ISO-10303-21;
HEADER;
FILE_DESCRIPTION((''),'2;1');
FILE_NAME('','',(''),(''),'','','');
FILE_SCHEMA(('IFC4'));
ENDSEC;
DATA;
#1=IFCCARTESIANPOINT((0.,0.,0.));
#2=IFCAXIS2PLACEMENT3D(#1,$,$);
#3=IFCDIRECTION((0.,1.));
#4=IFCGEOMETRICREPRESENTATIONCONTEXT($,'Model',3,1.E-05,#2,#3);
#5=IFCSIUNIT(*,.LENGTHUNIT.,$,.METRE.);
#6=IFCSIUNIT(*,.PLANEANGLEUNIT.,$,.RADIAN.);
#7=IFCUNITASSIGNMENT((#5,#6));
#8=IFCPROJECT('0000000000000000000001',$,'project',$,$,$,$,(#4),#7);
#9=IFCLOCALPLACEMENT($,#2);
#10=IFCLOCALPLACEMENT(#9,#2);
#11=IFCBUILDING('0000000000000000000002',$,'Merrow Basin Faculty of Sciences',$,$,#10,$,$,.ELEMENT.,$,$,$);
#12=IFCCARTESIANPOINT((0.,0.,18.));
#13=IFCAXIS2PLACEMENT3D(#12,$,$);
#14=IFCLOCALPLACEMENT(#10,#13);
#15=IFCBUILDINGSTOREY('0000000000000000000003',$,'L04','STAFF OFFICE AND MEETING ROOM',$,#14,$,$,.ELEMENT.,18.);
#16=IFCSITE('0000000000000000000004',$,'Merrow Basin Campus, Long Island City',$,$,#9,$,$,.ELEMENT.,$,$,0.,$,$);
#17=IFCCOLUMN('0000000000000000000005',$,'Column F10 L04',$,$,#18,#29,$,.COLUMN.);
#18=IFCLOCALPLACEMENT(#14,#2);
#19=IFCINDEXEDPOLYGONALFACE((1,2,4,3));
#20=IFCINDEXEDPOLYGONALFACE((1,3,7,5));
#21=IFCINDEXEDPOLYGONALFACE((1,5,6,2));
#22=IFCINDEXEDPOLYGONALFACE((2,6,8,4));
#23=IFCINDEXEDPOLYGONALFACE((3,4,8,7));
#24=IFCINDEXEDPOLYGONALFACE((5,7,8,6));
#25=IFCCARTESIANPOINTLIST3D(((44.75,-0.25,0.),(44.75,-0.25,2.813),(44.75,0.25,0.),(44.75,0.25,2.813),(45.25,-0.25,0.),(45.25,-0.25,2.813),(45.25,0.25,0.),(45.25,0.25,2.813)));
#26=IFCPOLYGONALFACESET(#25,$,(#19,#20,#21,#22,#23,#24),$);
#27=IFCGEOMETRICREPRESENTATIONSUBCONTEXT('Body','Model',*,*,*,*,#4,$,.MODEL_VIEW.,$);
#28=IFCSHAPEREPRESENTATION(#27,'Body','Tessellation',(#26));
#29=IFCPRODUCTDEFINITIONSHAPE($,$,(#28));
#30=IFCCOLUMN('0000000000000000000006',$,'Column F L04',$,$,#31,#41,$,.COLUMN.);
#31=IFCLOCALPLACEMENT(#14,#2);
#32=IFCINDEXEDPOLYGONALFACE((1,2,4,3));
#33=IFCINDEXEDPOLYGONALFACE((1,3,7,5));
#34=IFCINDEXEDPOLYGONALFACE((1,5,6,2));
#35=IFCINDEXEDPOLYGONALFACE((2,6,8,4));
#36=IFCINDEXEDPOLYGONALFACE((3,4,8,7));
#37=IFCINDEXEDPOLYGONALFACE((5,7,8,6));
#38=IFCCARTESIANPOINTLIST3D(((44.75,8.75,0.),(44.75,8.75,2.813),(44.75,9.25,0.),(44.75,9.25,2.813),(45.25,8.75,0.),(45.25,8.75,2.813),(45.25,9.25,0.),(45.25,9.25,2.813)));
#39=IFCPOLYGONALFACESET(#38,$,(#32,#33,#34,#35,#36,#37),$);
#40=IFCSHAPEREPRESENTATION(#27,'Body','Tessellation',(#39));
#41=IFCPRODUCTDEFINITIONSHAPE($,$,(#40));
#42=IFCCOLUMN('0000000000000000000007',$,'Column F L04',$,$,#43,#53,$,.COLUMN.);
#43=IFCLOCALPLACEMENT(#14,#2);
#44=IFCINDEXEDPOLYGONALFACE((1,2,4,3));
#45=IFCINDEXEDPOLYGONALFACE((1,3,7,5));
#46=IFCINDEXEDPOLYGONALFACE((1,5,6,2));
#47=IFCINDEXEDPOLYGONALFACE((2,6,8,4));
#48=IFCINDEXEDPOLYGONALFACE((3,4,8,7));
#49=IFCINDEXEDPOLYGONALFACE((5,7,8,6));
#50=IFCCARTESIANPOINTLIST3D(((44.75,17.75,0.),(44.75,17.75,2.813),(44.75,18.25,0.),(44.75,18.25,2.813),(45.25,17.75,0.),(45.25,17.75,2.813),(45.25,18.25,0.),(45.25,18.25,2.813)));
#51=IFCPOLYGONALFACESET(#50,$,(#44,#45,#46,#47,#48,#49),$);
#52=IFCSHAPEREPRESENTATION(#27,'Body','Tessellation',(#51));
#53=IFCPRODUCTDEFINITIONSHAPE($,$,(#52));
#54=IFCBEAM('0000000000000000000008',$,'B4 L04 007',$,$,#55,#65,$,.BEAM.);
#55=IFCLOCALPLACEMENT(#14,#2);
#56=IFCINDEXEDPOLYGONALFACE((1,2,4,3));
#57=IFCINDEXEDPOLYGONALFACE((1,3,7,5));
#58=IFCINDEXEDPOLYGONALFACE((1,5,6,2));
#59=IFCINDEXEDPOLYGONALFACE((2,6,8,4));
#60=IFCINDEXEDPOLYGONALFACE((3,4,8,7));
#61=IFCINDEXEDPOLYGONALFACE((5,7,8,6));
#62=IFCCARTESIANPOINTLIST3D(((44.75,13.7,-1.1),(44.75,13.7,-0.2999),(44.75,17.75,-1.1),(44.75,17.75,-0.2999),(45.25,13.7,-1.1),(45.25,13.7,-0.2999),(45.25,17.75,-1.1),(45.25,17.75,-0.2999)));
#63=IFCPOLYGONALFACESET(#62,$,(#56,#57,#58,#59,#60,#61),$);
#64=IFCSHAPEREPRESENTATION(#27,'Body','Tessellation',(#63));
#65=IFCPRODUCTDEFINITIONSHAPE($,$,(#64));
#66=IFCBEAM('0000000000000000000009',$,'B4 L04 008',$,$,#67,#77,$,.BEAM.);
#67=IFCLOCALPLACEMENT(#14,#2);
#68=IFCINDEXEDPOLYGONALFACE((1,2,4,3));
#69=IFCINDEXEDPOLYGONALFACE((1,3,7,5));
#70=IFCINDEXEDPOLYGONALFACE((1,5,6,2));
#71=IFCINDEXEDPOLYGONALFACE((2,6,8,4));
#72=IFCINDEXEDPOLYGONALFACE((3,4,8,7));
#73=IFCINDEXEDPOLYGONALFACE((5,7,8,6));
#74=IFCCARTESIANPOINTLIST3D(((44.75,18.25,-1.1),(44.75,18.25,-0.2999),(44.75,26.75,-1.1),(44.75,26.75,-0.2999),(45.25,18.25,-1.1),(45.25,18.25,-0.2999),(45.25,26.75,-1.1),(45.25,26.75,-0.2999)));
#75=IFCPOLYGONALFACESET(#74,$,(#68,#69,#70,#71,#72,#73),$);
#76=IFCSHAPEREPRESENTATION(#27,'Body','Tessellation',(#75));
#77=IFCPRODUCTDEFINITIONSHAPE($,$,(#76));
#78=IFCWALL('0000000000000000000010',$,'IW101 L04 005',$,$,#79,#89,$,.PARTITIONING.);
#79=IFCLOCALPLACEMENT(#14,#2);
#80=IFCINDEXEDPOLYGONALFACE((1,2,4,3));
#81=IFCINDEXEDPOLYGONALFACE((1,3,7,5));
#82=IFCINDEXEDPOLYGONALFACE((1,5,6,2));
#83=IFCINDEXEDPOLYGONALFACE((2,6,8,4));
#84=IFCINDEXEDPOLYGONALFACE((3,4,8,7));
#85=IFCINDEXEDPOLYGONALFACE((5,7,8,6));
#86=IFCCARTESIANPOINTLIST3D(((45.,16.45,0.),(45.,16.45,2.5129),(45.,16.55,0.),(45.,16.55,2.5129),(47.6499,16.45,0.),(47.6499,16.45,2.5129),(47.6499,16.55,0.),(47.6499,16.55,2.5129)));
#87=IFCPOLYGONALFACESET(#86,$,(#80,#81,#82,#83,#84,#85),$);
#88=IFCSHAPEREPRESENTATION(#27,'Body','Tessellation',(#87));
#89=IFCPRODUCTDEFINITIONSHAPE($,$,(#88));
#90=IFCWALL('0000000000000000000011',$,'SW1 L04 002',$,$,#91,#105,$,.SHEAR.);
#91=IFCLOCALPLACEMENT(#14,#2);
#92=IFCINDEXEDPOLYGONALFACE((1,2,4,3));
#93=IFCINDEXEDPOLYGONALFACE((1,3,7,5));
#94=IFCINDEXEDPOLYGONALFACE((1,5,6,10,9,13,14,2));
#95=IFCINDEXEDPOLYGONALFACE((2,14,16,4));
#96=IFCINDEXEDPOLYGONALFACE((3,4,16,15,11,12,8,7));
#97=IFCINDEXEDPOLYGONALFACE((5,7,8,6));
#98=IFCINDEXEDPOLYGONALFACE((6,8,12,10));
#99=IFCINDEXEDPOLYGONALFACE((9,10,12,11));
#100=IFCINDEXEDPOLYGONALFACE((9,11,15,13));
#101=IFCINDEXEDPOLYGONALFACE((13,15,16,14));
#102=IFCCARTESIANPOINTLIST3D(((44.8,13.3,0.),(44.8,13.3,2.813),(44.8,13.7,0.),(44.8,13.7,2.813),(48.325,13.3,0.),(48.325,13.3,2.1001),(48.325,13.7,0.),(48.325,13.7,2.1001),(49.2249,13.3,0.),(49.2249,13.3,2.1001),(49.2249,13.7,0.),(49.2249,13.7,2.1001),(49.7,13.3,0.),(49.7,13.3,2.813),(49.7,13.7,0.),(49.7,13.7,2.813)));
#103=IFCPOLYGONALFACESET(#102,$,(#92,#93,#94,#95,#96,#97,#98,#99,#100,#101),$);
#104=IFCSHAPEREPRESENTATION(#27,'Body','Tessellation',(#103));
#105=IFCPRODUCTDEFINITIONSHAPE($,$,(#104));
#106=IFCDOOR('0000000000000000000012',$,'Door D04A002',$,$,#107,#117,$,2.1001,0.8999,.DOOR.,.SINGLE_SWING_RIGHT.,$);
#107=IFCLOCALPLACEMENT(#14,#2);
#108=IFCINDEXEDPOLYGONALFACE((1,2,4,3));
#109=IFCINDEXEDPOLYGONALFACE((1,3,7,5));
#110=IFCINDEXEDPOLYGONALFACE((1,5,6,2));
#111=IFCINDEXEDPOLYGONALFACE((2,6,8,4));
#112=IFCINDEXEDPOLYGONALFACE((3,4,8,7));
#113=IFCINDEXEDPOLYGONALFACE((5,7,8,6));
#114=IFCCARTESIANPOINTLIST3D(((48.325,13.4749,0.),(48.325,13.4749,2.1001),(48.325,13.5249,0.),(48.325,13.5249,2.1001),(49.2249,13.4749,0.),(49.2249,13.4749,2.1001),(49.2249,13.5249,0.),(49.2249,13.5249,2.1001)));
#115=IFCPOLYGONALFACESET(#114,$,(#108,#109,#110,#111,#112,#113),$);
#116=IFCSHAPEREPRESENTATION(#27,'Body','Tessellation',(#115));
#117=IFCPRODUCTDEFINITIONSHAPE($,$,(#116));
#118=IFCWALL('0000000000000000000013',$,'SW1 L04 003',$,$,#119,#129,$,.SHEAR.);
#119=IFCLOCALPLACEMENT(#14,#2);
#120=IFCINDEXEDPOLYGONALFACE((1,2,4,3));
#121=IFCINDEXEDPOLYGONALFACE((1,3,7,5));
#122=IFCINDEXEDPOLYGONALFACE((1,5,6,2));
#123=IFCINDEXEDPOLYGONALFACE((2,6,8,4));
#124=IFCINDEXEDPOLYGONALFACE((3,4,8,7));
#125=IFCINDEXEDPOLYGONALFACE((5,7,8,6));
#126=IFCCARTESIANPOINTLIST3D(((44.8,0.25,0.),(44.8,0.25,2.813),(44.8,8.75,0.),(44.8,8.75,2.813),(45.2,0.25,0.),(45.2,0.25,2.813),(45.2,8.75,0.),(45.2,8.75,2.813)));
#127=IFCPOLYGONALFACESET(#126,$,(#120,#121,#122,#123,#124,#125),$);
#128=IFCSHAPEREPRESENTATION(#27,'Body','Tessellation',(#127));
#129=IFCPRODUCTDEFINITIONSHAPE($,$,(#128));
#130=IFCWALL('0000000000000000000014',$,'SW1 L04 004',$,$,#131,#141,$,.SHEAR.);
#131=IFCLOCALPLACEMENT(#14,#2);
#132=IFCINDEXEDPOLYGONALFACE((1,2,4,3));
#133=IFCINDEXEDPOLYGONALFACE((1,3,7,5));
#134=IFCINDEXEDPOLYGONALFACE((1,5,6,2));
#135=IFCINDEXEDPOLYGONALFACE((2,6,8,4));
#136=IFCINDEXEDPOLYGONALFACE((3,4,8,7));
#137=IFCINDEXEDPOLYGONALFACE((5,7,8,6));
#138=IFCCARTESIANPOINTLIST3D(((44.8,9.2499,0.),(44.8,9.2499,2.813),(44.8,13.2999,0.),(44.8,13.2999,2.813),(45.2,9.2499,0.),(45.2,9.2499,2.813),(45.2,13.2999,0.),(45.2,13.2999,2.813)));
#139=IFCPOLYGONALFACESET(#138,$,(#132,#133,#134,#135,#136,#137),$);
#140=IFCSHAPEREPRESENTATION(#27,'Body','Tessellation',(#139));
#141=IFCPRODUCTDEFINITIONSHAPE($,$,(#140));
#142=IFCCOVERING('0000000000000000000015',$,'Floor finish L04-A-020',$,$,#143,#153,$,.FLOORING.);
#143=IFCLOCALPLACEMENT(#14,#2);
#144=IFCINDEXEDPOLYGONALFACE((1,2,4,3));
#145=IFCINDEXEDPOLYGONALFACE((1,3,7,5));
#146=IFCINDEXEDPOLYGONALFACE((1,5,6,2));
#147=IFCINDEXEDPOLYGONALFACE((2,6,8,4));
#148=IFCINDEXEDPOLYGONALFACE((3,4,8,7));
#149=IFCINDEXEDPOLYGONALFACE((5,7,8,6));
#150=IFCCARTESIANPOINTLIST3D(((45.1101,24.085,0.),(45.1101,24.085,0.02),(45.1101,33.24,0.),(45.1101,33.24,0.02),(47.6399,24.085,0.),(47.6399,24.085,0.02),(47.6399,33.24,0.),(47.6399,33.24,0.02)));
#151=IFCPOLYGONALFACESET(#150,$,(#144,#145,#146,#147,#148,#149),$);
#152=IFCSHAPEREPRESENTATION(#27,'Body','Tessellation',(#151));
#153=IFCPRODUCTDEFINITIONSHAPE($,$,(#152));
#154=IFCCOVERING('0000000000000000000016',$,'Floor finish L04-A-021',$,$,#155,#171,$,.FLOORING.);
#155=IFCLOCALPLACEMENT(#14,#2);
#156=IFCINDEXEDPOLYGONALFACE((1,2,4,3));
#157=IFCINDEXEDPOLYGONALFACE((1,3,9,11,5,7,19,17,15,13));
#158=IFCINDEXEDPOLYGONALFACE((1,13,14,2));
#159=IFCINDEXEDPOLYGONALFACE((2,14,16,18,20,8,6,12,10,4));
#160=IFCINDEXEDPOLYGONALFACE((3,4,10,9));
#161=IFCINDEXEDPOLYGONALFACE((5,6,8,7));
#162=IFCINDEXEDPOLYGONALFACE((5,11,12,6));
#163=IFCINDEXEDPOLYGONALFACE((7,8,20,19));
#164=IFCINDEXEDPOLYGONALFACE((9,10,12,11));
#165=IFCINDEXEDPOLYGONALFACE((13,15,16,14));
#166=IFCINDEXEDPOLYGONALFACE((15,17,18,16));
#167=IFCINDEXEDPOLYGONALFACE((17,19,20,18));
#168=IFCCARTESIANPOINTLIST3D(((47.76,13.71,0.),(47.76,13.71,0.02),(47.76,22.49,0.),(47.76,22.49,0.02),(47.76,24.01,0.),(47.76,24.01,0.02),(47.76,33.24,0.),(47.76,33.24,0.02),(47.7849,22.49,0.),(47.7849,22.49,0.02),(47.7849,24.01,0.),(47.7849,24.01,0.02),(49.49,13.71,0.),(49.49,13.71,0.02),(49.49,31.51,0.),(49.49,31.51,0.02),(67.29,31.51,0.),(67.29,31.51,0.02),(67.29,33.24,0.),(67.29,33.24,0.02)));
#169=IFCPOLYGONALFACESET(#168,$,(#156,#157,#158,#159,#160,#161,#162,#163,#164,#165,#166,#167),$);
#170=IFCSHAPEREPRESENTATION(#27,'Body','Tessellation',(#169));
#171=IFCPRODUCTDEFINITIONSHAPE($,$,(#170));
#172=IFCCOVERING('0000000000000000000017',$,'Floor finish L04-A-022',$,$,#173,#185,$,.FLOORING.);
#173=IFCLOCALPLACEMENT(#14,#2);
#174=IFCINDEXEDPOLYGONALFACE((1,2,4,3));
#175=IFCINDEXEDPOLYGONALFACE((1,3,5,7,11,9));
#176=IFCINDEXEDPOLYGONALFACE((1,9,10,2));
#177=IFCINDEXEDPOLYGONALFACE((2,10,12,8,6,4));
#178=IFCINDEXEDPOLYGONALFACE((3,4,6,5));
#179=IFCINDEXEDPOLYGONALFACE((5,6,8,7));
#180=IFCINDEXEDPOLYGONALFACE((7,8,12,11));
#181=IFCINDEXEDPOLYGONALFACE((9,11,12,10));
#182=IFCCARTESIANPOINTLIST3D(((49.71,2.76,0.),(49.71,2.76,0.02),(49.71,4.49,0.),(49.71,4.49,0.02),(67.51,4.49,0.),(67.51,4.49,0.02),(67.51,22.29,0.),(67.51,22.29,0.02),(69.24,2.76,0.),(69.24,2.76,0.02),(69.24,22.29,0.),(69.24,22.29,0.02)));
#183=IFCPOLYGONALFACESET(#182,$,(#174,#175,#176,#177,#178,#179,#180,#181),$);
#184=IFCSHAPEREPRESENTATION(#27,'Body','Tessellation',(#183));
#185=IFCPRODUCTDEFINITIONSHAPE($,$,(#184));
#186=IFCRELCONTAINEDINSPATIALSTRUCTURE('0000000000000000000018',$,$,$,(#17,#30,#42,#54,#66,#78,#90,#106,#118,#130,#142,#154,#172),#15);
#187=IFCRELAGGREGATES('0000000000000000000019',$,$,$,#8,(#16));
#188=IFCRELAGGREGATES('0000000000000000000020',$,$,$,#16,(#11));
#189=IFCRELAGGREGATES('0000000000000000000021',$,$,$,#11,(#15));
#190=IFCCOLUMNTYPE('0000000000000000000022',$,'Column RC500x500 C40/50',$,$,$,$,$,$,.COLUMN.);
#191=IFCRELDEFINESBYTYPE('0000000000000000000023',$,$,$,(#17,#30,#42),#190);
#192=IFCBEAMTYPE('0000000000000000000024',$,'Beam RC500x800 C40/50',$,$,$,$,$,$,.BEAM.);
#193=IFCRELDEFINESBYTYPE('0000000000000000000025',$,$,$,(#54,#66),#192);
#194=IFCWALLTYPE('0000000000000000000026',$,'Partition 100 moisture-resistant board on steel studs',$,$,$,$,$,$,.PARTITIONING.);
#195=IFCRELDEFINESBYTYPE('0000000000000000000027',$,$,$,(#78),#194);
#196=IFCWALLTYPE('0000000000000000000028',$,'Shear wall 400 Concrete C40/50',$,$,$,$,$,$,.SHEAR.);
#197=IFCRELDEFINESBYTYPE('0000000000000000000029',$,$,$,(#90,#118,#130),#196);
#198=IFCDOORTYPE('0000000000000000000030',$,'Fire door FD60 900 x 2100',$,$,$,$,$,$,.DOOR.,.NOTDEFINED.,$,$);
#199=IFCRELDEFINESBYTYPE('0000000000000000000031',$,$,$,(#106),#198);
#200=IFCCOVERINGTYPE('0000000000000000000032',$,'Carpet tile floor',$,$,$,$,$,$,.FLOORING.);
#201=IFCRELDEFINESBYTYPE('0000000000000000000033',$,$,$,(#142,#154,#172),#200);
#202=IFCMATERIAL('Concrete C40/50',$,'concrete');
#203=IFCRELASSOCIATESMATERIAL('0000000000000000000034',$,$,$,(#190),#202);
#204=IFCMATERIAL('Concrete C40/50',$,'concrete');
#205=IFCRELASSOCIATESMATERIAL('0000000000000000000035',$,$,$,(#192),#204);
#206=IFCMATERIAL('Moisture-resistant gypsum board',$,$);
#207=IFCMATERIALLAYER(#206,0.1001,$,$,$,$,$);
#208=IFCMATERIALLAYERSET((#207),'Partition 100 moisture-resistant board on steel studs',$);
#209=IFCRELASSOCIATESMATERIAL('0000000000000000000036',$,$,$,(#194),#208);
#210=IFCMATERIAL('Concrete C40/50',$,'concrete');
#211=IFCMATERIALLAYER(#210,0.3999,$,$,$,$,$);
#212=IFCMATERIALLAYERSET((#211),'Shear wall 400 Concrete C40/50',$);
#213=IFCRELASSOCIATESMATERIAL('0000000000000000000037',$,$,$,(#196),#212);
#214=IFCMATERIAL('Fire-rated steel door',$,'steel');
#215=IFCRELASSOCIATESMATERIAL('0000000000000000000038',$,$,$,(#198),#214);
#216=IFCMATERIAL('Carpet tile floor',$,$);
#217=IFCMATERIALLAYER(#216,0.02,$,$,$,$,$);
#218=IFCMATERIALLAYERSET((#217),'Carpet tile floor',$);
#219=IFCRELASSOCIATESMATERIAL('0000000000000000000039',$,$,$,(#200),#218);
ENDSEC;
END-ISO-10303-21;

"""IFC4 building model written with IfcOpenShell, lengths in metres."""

from ifc_helpers import new_model, si_unit, direction, frame, frame_2d, origin, origin_2d, place, context, subcontext, project, spatial, polyline, rectangle, outline, extrude, material, layer, layer_set, material_profile, profile_set, type_object, element, fill, save


model = new_model("IFC4")

# Units and contexts
model_context = context("Model", 3, precision=1e-05, world=origin(), true_north=direction((0.0, 1.0)))
body_context = subcontext(model_context, "Body", "Model", "MODEL_VIEW")
ifc_project = project(units=[si_unit("LENGTHUNIT", "METRE"), si_unit("PLANEANGLEUNIT", "RADIAN")], contexts=[model_context])

# Site, building, storey
site_placement = place(None, origin())
site = spatial("IfcSite", under=ifc_project, at=site_placement, Name="Merrow Basin Campus, Long Island City", CompositionType="ELEMENT", RefElevation=0.0)
building_placement = place(site_placement, origin())
building = spatial("IfcBuilding", under=site, at=building_placement, Name="Merrow Basin Faculty of Sciences", CompositionType="ELEMENT")
storey_placement = place(building_placement, frame((0.0, 0.0, 18.0)))
storey = spatial("IfcBuildingStorey", under=building, at=storey_placement, Name="L04", Description="STAFF OFFICE AND MEETING ROOM", CompositionType="ELEMENT", Elevation=18.0)

# Columns
ifc_material_1 = material(Name="Concrete C40/50", Category="concrete")
ifc_material_profile_1 = material_profile(ifc_material_1, rectangle(XDim=0.5, YDim=0.5, at=origin_2d()))
ifc_profile_set_1 = profile_set([ifc_material_profile_1], Name="Concrete C40/50")
column_type = type_object("IfcColumnType", Name="Column RC500x500 C40/50", PredefinedType="COLUMN", material=ifc_profile_set_1)
for number, where, z_axis, x_axis, name in (
    (1, (45.0, 0.0, 0.0), (0.0, 0.0, 1.0), (1.0, 0.0, 0.0), "Column F10 L04"),
    (2, (45.0, 9.0, 0.0), (0.0, 0.0, 1.0), (1.0, 0.0, 0.0), "Column F L04"),
    (3, (45.0, 18.0, 0.0), (0.0, 0.0, 1.0), (1.0, 0.0, 0.0), "Column F L04"),
):
    element("IfcColumn", number, at=place(storey_placement, frame(where, z_axis=z_axis, x_axis=x_axis)), inside=storey, type_object=column_type, Name=name, PredefinedType="COLUMN", context=body_context, shape_type="SweptSolid", body=[
        extrude(rectangle(XDim=0.5, YDim=0.5, at=origin_2d()), origin(), (0.0, 0.0, 1.0), 2.813),
    ])

# Beams
ifc_material_2 = material(Name="Concrete C40/50", Category="concrete")
ifc_material_profile_2 = material_profile(ifc_material_2, rectangle(XDim=0.5, YDim=0.8, at=origin_2d()))
ifc_profile_set_2 = profile_set([ifc_material_profile_2], Name="Concrete C40/50")
beam_type = type_object("IfcBeamType", Name="Beam RC500x800 C40/50", PredefinedType="BEAM", material=ifc_profile_set_2)
beam_1_placement = place(storey_placement, frame((45.0, 13.7, -0.7), z_axis=(0.0, 1.0, 0.0), x_axis=(-1.0, 0.0, 0.0)))
element("IfcBeam", 4, at=beam_1_placement, inside=storey, type_object=beam_type, Name="B4 L04 007", PredefinedType="BEAM", context=body_context, shape_type="SweptSolid", body=[
    extrude(rectangle(XDim=0.5, YDim=0.8, at=origin_2d()), origin(), (0.0, 0.0, 1.0), 4.05),
])
beam_2_placement = place(storey_placement, frame((45.0, 18.25, -0.7), z_axis=(0.0, 1.0, 0.0), x_axis=(-1.0, 0.0, 0.0)))
element("IfcBeam", 5, at=beam_2_placement, inside=storey, type_object=beam_type, Name="B4 L04 008", PredefinedType="BEAM", context=body_context, shape_type="SweptSolid", body=[
    extrude(rectangle(XDim=0.5, YDim=0.8, at=origin_2d()), origin(), (0.0, 0.0, 1.0), 8.5),
])

# Wall
ifc_material_3 = material(Name="Moisture-resistant gypsum board")
ifc_layer_1 = layer(ifc_material_3, 0.1001)
ifc_layer_set_1 = layer_set([ifc_layer_1], Name="Partition 100 moisture-resistant board on steel studs")
wall_type_1 = type_object("IfcWallType", Name="Partition 100 moisture-resistant board on steel studs", PredefinedType="PARTITIONING", material=ifc_layer_set_1)
wall_1_placement = place(storey_placement, frame((45.0, 16.5, 0.0), z_axis=(0.0, 0.0, 1.0), x_axis=(1.0, 0.0, 0.0)))
element("IfcWall", 6, at=wall_1_placement, inside=storey, type_object=wall_type_1, Name="IW101 L04 005", PredefinedType="PARTITIONING", context=body_context, shape_type="SweptSolid", body=[
    extrude(rectangle(XDim=2.6499, YDim=0.1001, at=frame_2d((1.325, 0.0))), origin(), (0.0, 0.0, 1.0), 2.5129),
])

# Wall, opening, door
ifc_material_4 = material(Name="Concrete C40/50", Category="concrete")
ifc_layer_2 = layer(ifc_material_4, 0.3999)
ifc_layer_set_2 = layer_set([ifc_layer_2], Name="Shear wall 400 Concrete C40/50")
wall_type_2 = type_object("IfcWallType", Name="Shear wall 400 Concrete C40/50", PredefinedType="SHEAR", material=ifc_layer_set_2)
wall_2_placement = place(storey_placement, frame((44.8, 13.5, 0.0), z_axis=(0.0, 0.0, 1.0), x_axis=(1.0, 0.0, 0.0)))
wall_2 = element("IfcWall", 7, at=wall_2_placement, inside=storey, type_object=wall_type_2, Name="SW1 L04 002", PredefinedType="SHEAR", context=body_context, shape_type="SweptSolid", body=[
    extrude(rectangle(XDim=4.8999, YDim=0.3999, at=frame_2d((2.45, 0.0))), origin(), (0.0, 0.0, 1.0), 2.813),
])
opening_placement = place(wall_2_placement, frame((3.5249, 0.0, 0.0)))
opening = element("IfcOpeningElement", 8, at=opening_placement, cuts=wall_2, PredefinedType="OPENING", context=body_context, shape_type="SweptSolid", body=[
    extrude(rectangle(XDim=0.8999, YDim=2.1001, at=frame_2d((0.45, 1.05))), frame((0.0, 0.21, 0.0), z_axis=(0.0, -1.0, 0.0), x_axis=(1.0, 0.0, 0.0)), (0.0, 0.0, 1.0), 0.4199),
])
ifc_material_5 = material(Name="Fire-rated steel door", Category="steel")
door_type = type_object("IfcDoorType", Name="Fire door FD60 900 x 2100", OperationType="NOTDEFINED", PredefinedType="DOOR", material=ifc_material_5)
door_placement = place(opening_placement, origin())
door = element("IfcDoor", 9, at=door_placement, inside=storey, type_object=door_type, Name="Door D04A002", OperationType="SINGLE_SWING_RIGHT", OverallHeight=2.1001, OverallWidth=0.8999, PredefinedType="DOOR", context=body_context, shape_type="SweptSolid", body=[
    extrude(rectangle(XDim=0.8999, YDim=2.1001, at=frame_2d((0.45, 1.05))), frame((0.0, 0.0249, 0.0), z_axis=(0.0, -1.0, 0.0), x_axis=(1.0, 0.0, 0.0)), (0.0, 0.0, 1.0), 0.05),
])
fill(opening, door)

# Walls
wall_3_placement = place(storey_placement, frame((45.0, 0.25, 0.0), z_axis=(0.0, 0.0, 1.0), x_axis=(0.0, 1.0, 0.0)))
element("IfcWall", 10, at=wall_3_placement, inside=storey, type_object=wall_type_2, Name="SW1 L04 003", PredefinedType="SHEAR", context=body_context, shape_type="SweptSolid", body=[
    extrude(rectangle(XDim=8.5, YDim=0.3999, at=frame_2d((4.25, 0.0))), origin(), (0.0, 0.0, 1.0), 2.813),
])
wall_4_placement = place(storey_placement, frame((45.0, 9.25, 0.0), z_axis=(0.0, 0.0, 1.0), x_axis=(0.0, 1.0, 0.0)))
element("IfcWall", 11, at=wall_4_placement, inside=storey, type_object=wall_type_2, Name="SW1 L04 004", PredefinedType="SHEAR", context=body_context, shape_type="SweptSolid", body=[
    extrude(rectangle(XDim=4.05, YDim=0.3999, at=frame_2d((2.0249, 0.0))), origin(), (0.0, 0.0, 1.0), 2.813),
])

# Coverings
ifc_material_6 = material(Name="Carpet tile floor")
ifc_layer_3 = layer(ifc_material_6, 0.02)
ifc_layer_set_3 = layer_set([ifc_layer_3], Name="Carpet tile floor")
covering_type_1 = type_object("IfcCoveringType", Name="Carpet tile floor", PredefinedType="FLOORING", material=ifc_layer_set_3)
covering_1_placement = place(storey_placement, origin())
element("IfcCovering", 12, at=covering_1_placement, inside=storey, type_object=covering_type_1, Name="Floor finish L04-A-020", PredefinedType="FLOORING", context=body_context, shape_type="SweptSolid", body=[
    extrude(outline(polyline([(45.1101, 33.24), (47.6399, 33.24), (47.6399, 24.085), (45.1101, 24.085), (45.1101, 33.24)])), origin(), (0.0, 0.0, 1.0), 0.02),
])
covering_2_placement = place(storey_placement, origin())
element("IfcCovering", 13, at=covering_2_placement, inside=storey, type_object=covering_type_1, Name="Floor finish L04-A-021", PredefinedType="FLOORING", context=body_context, shape_type="SweptSolid", body=[
    extrude(outline(polyline([(49.49, 31.51), (49.49, 13.71), (47.76, 13.71), (47.76, 22.49), (47.7849, 22.49), (47.7849, 24.01), (47.76, 24.01), (47.76, 33.24), (67.29, 33.24), (67.29, 31.51), (49.49, 31.51)])), origin(), (0.0, 0.0, 1.0), 0.02),
])
covering_3_placement = place(storey_placement, origin())
element("IfcCovering", 14, at=covering_3_placement, inside=storey, type_object=covering_type_1, Name="Floor finish L04-A-022", PredefinedType="FLOORING", context=body_context, shape_type="SweptSolid", body=[
    extrude(outline(polyline([(67.51, 4.49), (67.51, 22.29), (69.24, 22.29), (69.24, 2.76), (49.71, 2.76), (49.71, 4.49), (67.51, 4.49)])), origin(), (0.0, 0.0, 1.0), 0.02),
])

save(model, "model.ifc")
